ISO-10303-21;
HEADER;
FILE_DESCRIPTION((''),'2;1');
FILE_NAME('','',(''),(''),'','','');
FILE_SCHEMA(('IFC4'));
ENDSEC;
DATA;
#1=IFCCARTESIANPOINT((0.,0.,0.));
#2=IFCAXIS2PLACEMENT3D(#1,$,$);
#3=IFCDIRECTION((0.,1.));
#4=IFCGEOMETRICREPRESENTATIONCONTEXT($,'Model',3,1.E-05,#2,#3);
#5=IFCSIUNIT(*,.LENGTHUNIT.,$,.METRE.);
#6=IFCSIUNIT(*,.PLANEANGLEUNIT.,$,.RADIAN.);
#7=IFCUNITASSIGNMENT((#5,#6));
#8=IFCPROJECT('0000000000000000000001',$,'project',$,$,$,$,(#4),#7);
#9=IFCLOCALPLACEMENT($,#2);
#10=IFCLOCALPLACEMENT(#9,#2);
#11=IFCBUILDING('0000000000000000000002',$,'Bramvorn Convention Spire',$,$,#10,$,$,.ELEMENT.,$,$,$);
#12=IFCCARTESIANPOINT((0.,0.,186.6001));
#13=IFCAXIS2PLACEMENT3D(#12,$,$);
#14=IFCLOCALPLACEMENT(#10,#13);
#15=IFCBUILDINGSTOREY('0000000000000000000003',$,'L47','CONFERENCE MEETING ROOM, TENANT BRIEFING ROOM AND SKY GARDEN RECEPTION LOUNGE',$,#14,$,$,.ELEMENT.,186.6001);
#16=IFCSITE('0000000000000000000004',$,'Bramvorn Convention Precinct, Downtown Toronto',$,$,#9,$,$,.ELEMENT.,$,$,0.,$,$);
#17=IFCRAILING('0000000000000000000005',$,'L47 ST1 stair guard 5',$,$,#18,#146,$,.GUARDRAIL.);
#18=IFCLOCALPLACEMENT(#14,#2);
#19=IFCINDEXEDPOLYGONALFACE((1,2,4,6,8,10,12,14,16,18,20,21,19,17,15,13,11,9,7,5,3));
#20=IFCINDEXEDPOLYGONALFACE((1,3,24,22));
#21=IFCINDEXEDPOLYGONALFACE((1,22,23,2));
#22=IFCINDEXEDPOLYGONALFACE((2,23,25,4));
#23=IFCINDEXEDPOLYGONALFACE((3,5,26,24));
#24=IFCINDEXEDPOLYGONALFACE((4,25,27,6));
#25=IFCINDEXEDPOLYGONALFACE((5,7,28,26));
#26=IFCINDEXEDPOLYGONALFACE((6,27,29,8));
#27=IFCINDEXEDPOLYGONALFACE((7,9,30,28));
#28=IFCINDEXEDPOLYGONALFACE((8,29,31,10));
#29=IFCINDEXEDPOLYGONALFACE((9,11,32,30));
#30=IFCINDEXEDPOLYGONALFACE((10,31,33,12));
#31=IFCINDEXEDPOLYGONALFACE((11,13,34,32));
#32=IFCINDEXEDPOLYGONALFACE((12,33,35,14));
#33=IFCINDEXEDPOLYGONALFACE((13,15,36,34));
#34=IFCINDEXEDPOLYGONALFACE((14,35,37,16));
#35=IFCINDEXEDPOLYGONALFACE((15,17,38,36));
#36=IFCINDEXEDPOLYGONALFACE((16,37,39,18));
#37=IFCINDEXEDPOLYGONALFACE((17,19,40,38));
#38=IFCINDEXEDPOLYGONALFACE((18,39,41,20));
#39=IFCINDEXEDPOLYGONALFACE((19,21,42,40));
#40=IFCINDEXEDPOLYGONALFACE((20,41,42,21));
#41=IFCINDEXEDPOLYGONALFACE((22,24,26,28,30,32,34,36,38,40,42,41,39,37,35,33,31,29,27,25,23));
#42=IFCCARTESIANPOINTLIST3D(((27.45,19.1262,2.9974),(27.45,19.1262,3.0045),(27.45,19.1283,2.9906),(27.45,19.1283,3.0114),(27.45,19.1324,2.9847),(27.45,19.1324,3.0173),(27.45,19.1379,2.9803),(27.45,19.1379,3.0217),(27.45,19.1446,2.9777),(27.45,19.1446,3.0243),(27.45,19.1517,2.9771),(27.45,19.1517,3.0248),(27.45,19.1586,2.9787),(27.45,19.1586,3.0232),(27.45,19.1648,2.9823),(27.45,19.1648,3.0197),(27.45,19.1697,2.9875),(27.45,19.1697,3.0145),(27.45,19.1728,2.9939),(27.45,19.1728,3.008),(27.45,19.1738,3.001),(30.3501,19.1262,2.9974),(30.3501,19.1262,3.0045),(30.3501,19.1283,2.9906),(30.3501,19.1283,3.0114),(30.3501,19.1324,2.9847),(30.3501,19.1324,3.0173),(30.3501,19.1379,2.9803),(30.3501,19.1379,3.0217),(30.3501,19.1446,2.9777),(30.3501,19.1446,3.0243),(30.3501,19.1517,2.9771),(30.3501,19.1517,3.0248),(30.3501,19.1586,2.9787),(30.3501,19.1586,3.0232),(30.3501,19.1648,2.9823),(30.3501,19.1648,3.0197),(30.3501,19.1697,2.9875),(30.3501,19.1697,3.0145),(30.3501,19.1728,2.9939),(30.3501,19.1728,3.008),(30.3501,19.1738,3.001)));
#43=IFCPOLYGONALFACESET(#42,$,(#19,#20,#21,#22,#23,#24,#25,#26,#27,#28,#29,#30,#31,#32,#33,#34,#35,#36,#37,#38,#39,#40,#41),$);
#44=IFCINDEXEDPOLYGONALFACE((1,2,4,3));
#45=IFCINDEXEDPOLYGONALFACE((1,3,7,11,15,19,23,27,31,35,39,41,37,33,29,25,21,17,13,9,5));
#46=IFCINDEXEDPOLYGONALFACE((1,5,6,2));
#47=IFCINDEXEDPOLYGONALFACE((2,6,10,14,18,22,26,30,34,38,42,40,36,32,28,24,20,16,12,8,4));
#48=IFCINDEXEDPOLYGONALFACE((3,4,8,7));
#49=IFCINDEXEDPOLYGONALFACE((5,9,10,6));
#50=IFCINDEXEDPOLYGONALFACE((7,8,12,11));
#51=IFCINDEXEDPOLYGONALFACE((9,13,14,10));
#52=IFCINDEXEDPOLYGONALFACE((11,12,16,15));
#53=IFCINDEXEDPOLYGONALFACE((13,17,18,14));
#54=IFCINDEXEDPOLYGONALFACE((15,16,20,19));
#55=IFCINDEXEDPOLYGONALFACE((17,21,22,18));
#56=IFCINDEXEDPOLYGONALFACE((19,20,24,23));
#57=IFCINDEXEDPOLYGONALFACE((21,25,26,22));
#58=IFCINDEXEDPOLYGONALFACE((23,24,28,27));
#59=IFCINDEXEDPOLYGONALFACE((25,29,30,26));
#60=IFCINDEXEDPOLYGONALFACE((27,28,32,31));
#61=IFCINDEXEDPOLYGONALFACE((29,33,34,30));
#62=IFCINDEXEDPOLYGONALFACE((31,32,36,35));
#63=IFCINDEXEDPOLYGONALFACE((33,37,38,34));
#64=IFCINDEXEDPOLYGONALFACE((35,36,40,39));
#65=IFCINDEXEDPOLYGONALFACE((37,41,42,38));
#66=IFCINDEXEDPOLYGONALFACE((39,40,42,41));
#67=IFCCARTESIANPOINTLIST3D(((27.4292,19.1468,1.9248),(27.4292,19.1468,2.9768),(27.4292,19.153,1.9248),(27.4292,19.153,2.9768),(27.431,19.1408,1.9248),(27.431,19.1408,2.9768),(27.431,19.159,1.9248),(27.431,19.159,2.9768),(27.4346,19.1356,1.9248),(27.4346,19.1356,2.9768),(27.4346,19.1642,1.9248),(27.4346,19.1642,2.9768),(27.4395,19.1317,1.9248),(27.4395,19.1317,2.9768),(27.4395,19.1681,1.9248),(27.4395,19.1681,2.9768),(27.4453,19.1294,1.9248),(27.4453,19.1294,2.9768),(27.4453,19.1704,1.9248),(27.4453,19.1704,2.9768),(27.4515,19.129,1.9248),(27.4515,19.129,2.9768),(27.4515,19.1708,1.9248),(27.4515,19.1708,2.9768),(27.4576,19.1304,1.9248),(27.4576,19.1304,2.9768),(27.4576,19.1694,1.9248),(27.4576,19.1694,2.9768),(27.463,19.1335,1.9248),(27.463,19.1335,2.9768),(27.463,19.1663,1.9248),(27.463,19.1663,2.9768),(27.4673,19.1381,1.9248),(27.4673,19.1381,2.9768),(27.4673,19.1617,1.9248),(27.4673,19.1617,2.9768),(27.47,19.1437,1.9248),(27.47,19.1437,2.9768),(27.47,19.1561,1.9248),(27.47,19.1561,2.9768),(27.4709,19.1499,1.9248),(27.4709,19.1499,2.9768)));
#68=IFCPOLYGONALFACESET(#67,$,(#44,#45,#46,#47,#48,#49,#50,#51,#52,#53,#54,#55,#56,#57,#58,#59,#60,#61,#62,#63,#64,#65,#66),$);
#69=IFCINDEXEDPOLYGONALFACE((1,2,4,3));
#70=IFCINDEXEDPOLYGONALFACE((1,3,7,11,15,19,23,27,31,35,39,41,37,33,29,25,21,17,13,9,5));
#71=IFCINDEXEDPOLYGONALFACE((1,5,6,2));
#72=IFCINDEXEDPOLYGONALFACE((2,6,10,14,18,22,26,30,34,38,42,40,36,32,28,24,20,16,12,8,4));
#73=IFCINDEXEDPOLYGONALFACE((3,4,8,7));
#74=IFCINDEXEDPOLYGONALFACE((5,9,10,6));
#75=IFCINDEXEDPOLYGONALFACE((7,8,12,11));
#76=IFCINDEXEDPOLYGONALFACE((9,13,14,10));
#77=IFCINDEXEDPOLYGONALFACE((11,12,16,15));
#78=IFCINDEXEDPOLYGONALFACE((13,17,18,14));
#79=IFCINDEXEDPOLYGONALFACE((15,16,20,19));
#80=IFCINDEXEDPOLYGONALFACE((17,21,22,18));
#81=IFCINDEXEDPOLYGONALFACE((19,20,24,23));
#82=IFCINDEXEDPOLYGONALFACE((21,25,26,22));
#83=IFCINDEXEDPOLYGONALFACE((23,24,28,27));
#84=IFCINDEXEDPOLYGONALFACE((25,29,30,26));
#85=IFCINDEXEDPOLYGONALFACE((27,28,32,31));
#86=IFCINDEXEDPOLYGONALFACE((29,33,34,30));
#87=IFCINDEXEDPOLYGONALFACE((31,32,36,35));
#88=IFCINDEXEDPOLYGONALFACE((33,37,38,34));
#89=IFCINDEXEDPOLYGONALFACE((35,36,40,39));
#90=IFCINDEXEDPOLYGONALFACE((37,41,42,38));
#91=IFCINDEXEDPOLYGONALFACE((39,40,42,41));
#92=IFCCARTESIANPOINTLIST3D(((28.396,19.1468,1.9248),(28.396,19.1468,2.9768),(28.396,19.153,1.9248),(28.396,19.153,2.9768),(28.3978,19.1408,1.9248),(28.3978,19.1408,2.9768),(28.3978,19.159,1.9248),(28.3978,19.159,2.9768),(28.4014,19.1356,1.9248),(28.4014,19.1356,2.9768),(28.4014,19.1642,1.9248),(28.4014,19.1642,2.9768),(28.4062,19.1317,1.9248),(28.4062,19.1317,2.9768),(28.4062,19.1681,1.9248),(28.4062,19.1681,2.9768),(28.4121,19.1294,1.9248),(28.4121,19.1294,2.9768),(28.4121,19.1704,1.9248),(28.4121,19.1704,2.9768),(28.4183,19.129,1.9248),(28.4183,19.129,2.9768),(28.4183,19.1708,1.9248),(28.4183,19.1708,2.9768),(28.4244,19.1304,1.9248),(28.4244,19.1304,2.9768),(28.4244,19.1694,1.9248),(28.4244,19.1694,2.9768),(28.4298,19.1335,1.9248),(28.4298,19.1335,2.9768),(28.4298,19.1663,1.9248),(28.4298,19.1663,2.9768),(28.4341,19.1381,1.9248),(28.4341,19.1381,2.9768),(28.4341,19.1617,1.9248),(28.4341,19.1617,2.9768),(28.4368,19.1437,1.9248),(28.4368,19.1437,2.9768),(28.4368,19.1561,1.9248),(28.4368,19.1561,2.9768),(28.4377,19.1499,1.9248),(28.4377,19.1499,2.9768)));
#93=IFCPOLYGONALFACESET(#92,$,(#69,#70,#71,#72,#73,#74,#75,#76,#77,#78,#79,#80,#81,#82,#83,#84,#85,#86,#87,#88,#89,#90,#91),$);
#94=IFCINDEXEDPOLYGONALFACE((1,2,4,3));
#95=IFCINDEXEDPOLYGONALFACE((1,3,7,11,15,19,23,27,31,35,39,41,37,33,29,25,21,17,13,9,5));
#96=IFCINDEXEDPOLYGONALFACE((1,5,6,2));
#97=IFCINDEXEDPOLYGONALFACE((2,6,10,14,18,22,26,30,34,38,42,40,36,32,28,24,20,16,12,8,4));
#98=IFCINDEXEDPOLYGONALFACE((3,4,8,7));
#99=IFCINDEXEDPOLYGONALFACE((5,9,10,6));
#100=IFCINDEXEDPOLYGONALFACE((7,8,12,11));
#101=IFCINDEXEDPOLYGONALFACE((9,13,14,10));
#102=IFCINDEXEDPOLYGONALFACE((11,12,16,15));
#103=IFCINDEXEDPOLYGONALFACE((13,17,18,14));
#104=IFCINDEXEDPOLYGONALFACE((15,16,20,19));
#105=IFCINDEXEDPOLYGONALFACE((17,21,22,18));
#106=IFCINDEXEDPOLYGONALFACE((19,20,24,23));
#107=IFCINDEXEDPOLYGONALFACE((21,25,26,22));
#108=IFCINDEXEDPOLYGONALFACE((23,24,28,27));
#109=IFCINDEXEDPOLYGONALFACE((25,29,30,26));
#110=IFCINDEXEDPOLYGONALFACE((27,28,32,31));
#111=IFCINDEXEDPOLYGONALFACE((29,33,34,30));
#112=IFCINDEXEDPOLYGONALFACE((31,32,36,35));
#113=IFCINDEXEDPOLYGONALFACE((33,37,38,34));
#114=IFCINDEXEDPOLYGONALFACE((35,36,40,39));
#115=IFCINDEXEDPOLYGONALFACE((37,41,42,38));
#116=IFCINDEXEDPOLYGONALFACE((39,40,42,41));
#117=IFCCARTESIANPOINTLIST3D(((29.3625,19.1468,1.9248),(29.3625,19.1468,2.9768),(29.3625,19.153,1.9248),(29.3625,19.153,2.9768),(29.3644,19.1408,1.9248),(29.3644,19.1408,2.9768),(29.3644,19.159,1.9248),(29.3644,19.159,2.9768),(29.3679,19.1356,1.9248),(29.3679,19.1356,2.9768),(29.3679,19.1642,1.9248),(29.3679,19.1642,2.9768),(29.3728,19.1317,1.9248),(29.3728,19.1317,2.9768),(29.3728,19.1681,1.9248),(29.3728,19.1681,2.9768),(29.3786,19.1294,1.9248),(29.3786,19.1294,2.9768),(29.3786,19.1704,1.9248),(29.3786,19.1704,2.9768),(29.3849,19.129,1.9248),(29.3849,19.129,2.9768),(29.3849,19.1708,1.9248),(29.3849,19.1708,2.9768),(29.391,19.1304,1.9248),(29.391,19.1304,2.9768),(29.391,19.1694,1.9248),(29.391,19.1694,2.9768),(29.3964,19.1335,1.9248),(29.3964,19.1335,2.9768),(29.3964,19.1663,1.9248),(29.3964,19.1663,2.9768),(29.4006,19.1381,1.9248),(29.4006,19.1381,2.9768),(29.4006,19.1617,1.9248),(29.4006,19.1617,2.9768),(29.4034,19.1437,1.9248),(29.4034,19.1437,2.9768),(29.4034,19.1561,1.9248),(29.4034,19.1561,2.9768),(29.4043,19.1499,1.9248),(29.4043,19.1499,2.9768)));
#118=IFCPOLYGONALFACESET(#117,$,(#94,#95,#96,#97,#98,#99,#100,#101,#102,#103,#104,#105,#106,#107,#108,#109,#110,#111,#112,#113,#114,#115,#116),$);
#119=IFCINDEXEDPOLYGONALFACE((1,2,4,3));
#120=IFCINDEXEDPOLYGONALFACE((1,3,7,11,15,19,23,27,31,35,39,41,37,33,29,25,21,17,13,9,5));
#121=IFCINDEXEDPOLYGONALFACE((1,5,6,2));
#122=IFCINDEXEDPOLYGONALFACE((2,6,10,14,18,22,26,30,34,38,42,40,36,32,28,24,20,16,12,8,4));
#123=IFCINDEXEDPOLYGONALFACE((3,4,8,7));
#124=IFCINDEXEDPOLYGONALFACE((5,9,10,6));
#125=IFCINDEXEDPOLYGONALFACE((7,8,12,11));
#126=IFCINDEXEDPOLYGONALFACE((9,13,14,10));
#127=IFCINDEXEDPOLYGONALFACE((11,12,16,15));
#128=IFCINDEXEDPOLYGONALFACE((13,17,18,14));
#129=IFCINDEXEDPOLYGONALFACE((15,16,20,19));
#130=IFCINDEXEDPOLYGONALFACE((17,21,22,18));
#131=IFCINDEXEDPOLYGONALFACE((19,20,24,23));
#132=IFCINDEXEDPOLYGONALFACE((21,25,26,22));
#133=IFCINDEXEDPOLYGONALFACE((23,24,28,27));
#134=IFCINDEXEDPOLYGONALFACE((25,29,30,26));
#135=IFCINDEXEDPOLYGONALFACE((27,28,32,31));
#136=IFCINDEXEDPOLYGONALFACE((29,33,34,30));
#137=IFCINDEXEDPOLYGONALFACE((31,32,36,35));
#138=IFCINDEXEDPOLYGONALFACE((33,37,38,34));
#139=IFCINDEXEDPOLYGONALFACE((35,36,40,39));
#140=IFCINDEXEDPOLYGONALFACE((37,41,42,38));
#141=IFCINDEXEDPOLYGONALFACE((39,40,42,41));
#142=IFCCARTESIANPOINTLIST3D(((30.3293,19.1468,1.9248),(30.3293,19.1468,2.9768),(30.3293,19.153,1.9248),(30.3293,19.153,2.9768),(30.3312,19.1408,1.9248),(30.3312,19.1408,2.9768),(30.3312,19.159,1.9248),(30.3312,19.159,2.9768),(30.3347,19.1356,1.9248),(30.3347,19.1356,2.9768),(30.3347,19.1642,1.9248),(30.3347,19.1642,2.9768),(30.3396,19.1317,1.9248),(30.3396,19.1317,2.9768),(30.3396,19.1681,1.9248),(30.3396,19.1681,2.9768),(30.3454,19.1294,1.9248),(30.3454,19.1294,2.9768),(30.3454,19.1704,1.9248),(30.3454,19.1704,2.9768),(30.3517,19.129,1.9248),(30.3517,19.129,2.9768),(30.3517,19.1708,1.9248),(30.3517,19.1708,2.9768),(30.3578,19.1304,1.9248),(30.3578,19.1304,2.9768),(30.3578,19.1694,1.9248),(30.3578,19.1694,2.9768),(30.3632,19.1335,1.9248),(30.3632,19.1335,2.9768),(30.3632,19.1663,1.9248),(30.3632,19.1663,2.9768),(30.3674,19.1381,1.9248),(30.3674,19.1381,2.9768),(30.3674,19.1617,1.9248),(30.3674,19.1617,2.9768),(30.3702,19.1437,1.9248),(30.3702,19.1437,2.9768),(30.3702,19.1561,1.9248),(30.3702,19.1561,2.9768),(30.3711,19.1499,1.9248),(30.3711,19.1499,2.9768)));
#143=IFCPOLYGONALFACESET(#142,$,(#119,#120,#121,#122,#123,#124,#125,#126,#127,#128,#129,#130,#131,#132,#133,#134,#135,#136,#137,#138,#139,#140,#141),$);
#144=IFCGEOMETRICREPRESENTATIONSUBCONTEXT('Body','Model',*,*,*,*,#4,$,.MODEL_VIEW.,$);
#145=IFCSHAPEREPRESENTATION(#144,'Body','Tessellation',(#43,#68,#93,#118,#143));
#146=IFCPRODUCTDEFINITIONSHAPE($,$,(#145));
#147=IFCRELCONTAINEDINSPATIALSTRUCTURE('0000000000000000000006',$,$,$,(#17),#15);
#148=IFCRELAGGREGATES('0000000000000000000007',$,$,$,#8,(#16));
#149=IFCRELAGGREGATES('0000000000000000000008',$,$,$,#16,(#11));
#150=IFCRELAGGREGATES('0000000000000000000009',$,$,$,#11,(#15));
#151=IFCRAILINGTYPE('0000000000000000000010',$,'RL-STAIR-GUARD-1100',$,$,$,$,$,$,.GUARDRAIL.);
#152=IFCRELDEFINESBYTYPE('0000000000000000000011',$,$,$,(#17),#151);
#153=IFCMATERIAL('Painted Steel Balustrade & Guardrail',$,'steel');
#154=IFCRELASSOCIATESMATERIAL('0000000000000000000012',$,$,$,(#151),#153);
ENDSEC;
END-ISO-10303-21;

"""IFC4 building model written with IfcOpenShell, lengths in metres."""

from ifc_helpers import new_model, si_unit, direction, frame, origin, origin_2d, place, context, subcontext, project, spatial, circle, extrude, material, type_object, element, save


model = new_model("IFC4")

# Units and contexts
model_context = context("Model", 3, precision=1e-05, world=origin(), true_north=direction((0.0, 1.0)))
body_context = subcontext(model_context, "Body", "Model", "MODEL_VIEW")
ifc_project = project(units=[si_unit("LENGTHUNIT", "METRE"), si_unit("PLANEANGLEUNIT", "RADIAN")], contexts=[model_context])

# Site, building, storey
site_placement = place(None, origin())
site = spatial("IfcSite", under=ifc_project, at=site_placement, Name="Bramvorn Convention Precinct, Downtown Toronto", CompositionType="ELEMENT", RefElevation=0.0)
building_placement = place(site_placement, origin())
building = spatial("IfcBuilding", under=site, at=building_placement, Name="Bramvorn Convention Spire", CompositionType="ELEMENT")
storey_placement = place(building_placement, frame((0.0, 0.0, 186.6001)))
storey = spatial("IfcBuildingStorey", under=building, at=storey_placement, Name="L47", Description="CONFERENCE MEETING ROOM, TENANT BRIEFING ROOM AND SKY GARDEN RECEPTION LOUNGE", CompositionType="ELEMENT", Elevation=186.6001)

# Railing
ifc_material_1 = material(Name="Painted Steel Balustrade & Guardrail", Category="steel")
railing_type = type_object("IfcRailingType", Name="RL-STAIR-GUARD-1100", PredefinedType="GUARDRAIL", material=ifc_material_1)
railing_1_placement = place(storey_placement, frame((27.45, 19.1499, 1.9248)))
element("IfcRailing", 1, at=railing_1_placement, inside=storey, type_object=railing_type, Name="L47 ST1 stair guard 5", PredefinedType="GUARDRAIL", context=body_context, shape_type="SweptSolid", body=[
    extrude(circle(Radius=0.0239, at=origin_2d()), frame((0.0, 0.0, 1.0762), z_axis=(1.0, 0.0, 0.0), x_axis=(0.0, 1.0, 0.0)), (0.0, 0.0, 1.0), 2.9001),
    extrude(circle(Radius=0.021, at=origin_2d()), origin(), (0.0, 0.0, 1.0), 1.052),
    extrude(circle(Radius=0.021, at=origin_2d()), frame((0.9668, 0.0, 0.0)), (0.0, 0.0, 1.0), 1.052),
    extrude(circle(Radius=0.021, at=origin_2d()), frame((1.9333, 0.0, 0.0)), (0.0, 0.0, 1.0), 1.052),
    extrude(circle(Radius=0.021, at=origin_2d()), frame((2.9001, 0.0, 0.0)), (0.0, 0.0, 1.0), 1.052),
])

save(model, "model.ifc")
